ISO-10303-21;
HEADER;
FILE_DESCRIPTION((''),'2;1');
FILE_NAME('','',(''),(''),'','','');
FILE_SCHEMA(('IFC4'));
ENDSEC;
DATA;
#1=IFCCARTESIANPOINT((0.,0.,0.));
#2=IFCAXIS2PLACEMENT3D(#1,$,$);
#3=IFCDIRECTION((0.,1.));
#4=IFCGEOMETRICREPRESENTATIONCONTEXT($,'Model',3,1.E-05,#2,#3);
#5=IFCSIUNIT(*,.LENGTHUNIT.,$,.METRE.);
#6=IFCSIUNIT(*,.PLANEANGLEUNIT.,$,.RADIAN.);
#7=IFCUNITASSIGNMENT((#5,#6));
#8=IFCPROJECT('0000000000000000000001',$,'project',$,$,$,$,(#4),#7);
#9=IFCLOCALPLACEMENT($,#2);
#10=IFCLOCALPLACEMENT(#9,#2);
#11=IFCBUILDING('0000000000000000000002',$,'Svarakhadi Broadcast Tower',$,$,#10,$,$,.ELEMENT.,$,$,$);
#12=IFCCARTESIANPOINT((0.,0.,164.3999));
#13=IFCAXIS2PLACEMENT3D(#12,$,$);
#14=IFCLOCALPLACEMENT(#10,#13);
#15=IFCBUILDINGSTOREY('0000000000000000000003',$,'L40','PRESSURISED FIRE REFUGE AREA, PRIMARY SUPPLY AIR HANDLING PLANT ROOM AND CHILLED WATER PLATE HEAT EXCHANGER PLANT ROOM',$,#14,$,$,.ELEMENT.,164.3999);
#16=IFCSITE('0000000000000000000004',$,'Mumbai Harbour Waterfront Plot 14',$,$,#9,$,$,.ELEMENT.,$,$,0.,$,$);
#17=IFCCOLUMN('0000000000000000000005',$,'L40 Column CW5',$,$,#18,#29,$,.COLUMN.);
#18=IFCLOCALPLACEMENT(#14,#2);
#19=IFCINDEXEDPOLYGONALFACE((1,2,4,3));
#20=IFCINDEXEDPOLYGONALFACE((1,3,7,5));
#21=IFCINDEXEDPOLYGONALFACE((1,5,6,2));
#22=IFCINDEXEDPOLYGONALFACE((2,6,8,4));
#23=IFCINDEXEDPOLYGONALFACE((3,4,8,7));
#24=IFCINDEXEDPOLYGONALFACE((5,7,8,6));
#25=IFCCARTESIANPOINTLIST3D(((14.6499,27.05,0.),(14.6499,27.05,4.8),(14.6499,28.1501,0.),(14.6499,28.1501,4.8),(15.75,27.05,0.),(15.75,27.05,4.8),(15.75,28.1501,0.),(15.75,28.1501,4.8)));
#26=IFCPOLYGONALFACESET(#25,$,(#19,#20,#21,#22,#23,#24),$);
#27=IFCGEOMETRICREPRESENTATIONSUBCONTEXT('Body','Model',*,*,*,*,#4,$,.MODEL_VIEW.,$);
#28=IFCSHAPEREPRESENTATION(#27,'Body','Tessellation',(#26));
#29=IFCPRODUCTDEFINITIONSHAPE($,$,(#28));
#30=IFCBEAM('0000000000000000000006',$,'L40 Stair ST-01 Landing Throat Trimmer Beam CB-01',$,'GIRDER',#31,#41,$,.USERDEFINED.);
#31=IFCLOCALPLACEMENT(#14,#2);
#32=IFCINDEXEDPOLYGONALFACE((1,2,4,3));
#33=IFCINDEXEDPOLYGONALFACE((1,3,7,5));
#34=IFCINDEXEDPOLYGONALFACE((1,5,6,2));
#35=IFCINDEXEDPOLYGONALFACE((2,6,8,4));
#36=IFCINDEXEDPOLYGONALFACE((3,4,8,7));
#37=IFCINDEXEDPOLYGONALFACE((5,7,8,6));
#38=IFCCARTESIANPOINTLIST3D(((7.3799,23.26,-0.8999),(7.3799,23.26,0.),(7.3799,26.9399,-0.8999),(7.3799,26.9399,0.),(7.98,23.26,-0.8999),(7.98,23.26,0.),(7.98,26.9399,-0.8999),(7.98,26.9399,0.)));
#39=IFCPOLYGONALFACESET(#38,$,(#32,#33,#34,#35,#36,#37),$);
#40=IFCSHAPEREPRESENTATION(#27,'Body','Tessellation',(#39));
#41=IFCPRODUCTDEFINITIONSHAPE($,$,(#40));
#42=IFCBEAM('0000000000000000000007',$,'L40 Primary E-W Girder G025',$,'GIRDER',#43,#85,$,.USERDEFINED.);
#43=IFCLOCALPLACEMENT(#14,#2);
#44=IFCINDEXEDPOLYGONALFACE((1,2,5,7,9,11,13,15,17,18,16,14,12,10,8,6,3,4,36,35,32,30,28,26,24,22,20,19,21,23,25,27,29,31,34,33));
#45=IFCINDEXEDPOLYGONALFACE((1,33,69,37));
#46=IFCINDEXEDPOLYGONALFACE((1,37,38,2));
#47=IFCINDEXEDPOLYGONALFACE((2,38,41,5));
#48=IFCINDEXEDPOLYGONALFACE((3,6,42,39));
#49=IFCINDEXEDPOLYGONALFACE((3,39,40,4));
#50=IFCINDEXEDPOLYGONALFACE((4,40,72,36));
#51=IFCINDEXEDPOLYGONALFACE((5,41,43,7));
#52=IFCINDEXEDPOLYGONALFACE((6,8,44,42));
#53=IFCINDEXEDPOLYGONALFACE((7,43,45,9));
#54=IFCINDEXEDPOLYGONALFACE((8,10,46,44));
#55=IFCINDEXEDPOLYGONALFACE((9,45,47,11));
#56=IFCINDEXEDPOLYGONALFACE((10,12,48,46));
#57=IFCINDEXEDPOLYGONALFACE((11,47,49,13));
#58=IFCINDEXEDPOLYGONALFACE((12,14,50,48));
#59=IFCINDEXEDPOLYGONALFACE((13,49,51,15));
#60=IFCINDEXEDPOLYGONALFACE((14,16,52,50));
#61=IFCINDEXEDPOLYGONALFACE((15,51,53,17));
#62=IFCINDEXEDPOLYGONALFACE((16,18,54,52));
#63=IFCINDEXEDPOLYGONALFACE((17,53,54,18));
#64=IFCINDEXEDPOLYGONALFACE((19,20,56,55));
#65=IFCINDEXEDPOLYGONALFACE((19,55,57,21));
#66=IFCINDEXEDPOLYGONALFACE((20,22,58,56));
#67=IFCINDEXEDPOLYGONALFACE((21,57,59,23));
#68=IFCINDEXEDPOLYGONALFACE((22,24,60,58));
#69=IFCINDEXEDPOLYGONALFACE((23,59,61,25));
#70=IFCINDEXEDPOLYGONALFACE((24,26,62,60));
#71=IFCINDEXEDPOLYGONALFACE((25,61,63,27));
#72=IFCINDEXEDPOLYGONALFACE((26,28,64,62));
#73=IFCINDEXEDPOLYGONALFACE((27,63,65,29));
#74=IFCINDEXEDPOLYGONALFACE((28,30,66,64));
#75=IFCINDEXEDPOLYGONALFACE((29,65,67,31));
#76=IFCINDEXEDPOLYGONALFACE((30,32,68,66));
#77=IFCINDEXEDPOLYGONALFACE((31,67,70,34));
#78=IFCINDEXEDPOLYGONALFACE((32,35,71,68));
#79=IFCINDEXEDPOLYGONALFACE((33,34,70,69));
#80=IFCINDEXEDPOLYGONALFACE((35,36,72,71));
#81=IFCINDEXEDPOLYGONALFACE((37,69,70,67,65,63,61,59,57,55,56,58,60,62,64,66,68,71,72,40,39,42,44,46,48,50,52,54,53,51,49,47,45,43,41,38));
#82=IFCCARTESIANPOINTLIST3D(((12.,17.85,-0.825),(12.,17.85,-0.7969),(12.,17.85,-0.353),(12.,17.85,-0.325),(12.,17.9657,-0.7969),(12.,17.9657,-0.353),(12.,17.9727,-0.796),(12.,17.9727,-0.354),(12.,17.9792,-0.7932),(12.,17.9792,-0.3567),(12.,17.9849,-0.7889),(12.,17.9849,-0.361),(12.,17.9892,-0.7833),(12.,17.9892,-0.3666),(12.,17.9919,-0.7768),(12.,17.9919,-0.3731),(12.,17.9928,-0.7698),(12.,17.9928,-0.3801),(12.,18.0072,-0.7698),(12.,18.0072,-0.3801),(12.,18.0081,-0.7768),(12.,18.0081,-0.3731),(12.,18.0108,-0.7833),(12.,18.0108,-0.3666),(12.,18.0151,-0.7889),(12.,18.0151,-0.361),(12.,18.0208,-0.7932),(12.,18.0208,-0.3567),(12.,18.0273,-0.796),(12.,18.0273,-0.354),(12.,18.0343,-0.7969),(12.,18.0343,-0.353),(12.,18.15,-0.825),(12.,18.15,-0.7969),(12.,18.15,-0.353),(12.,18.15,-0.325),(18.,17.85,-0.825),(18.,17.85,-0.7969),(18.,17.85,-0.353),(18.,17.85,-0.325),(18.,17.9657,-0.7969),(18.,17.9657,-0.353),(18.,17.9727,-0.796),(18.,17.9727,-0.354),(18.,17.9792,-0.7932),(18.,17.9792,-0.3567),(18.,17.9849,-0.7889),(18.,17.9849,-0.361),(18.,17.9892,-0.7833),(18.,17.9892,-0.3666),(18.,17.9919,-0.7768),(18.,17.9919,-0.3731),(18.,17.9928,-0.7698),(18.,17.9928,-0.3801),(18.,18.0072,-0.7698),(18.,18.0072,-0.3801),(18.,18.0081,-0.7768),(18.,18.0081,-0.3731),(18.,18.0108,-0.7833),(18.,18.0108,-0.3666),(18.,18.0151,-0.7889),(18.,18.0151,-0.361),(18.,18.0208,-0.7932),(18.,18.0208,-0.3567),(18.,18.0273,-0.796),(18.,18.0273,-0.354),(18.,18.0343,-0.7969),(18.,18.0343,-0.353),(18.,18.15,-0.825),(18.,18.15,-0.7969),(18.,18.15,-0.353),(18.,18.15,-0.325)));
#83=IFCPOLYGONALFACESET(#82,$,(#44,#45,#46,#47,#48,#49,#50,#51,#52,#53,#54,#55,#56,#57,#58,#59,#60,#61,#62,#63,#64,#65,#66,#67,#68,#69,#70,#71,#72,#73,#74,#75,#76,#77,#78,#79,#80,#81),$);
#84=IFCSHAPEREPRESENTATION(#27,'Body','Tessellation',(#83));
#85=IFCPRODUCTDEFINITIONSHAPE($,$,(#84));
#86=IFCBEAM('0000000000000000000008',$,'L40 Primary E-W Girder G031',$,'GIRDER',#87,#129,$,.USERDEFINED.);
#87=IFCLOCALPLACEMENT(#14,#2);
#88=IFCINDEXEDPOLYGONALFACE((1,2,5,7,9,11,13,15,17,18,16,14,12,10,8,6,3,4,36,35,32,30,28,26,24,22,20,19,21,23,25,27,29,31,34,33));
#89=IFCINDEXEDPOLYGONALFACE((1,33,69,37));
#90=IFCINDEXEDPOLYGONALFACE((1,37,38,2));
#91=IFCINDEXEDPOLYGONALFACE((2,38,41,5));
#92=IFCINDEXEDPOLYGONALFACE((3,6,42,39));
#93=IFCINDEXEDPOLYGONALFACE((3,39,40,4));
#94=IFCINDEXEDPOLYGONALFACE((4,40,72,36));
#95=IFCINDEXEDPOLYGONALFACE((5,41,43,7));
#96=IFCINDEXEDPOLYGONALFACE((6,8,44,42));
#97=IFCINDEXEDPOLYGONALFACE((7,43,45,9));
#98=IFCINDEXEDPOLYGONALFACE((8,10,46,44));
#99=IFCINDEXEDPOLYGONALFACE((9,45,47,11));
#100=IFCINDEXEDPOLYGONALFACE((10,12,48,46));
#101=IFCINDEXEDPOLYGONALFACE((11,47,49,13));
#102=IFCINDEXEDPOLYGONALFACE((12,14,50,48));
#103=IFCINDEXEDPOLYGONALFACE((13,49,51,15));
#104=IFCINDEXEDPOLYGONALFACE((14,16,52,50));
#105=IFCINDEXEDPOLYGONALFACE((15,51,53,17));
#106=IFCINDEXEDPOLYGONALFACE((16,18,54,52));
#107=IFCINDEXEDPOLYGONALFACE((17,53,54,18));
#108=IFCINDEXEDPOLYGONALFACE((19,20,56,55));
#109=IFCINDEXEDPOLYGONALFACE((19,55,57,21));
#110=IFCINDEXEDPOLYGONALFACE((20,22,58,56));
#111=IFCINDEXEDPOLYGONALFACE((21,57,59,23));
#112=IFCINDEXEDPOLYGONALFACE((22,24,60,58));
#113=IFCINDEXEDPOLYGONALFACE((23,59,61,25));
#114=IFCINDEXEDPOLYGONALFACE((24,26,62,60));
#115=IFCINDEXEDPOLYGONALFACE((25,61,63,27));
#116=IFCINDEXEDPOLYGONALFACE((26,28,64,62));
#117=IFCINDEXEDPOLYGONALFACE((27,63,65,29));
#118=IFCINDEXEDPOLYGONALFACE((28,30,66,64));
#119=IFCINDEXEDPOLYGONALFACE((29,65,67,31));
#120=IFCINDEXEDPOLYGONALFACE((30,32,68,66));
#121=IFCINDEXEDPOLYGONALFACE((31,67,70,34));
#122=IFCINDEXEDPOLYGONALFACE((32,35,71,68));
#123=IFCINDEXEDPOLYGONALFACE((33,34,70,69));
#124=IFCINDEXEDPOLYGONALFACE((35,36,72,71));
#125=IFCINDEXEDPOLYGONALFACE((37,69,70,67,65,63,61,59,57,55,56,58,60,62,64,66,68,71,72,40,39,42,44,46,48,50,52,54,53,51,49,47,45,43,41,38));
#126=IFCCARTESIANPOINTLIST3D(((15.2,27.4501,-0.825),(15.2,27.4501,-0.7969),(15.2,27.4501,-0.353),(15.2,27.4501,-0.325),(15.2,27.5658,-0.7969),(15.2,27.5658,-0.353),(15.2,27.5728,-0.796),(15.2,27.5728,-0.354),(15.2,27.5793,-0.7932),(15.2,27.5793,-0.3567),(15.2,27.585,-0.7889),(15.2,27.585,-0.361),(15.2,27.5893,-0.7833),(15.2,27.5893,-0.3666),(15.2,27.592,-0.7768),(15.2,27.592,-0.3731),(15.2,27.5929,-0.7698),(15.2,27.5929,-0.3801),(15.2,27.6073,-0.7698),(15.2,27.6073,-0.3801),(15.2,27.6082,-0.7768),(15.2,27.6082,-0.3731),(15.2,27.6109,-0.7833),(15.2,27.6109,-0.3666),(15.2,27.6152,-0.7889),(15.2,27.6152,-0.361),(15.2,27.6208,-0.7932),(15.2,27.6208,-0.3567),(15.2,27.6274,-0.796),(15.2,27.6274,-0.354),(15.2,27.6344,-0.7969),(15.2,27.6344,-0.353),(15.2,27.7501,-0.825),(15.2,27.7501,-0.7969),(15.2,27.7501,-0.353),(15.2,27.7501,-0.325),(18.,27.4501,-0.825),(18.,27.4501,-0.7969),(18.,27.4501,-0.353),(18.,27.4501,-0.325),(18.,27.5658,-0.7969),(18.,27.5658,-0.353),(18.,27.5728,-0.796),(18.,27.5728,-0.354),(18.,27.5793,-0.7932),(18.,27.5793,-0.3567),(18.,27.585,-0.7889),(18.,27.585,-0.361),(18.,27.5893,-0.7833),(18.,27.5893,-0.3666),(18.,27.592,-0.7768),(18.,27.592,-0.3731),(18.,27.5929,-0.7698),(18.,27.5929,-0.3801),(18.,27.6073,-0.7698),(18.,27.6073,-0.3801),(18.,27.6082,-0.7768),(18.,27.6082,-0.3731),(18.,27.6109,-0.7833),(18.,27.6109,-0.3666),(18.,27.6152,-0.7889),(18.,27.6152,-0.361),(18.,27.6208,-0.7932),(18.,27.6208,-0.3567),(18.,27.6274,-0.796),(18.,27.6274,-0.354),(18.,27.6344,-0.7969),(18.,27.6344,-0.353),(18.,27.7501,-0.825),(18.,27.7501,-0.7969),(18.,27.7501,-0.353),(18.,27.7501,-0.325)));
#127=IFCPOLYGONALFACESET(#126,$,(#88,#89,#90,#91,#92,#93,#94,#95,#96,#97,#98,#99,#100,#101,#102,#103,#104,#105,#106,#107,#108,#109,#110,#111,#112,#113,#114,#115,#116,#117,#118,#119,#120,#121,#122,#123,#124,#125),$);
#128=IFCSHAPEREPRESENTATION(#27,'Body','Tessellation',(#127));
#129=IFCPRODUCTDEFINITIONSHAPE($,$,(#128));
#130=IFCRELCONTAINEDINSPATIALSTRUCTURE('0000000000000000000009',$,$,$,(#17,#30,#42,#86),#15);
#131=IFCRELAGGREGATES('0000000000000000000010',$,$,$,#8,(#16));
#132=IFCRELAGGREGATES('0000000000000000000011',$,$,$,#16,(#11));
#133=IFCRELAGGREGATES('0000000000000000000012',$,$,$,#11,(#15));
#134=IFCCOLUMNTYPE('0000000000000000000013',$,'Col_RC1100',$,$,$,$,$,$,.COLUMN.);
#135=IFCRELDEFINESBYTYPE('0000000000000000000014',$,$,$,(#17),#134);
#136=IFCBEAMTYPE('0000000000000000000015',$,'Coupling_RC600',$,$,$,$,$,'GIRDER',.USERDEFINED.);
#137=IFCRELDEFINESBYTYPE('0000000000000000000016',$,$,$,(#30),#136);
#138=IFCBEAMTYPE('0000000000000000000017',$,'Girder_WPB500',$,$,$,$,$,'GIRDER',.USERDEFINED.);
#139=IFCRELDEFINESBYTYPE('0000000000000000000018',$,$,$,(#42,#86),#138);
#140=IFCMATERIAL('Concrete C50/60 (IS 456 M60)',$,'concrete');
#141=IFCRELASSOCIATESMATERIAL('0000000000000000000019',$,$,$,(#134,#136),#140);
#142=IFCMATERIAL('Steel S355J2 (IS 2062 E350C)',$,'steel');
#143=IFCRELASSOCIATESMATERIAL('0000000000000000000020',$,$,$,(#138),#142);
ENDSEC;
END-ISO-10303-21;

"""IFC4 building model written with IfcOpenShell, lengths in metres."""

from ifc_helpers import new_model, si_unit, direction, frame, origin, origin_2d, place, context, subcontext, project, spatial, rectangle, i_section, extrude, material, material_profile, profile_set, type_object, element, save


model = new_model("IFC4")

# Units and contexts
model_context = context("Model", 3, precision=1e-05, world=origin(), true_north=direction((0.0, 1.0)))
body_context = subcontext(model_context, "Body", "Model", "MODEL_VIEW")
ifc_project = project(units=[si_unit("LENGTHUNIT", "METRE"), si_unit("PLANEANGLEUNIT", "RADIAN")], contexts=[model_context])

# Site, building, storey
site_placement = place(None, origin())
site = spatial("IfcSite", under=ifc_project, at=site_placement, Name="Mumbai Harbour Waterfront Plot 14", CompositionType="ELEMENT", RefElevation=0.0)
building_placement = place(site_placement, origin())
building = spatial("IfcBuilding", under=site, at=building_placement, Name="Svarakhadi Broadcast Tower", CompositionType="ELEMENT")
storey_placement = place(building_placement, frame((0.0, 0.0, 164.3999)))
storey = spatial("IfcBuildingStorey", under=building, at=storey_placement, Name="L40", Description="PRESSURISED FIRE REFUGE AREA, PRIMARY SUPPLY AIR HANDLING PLANT ROOM AND CHILLED WATER PLATE HEAT EXCHANGER PLANT ROOM", CompositionType="ELEMENT", Elevation=164.3999)

# Column
ifc_material_1 = material(Name="Concrete C50/60 (IS 456 M60)", Category="concrete")
ifc_material_profile_1 = material_profile(ifc_material_1, rectangle(XDim=1.1001, YDim=1.1001, at=origin_2d()), Name="RC 1100x1100")
ifc_profile_set_1 = profile_set([ifc_material_profile_1], Name="Concrete C50/60 (IS 456 M60)")
column_type = type_object("IfcColumnType", Name="Col_RC1100", PredefinedType="COLUMN", material=ifc_profile_set_1)
column_placement = place(storey_placement, frame((15.2, 27.6001, 0.0), z_axis=(0.0, 0.0, 1.0), x_axis=(1.0, 0.0, 0.0)))
element("IfcColumn", 1, at=column_placement, inside=storey, type_object=column_type, Name="L40 Column CW5", PredefinedType="COLUMN", context=body_context, shape_type="SweptSolid", body=[
    extrude(rectangle(XDim=1.1001, YDim=1.1001, at=origin_2d()), origin(), (0.0, 0.0, 1.0), 4.8),
])

# Beams
ifc_material_profile_2 = material_profile(ifc_material_1, rectangle(XDim=0.6001, YDim=0.8999, at=origin_2d()), Name="RC 600x900")
ifc_profile_set_2 = profile_set([ifc_material_profile_2], Name="Concrete C50/60 (IS 456 M60)")
beam_type_1 = type_object("IfcBeamType", Name="Coupling_RC600", ElementType="GIRDER", PredefinedType="USERDEFINED", material=ifc_profile_set_2)
beam_1_placement = place(storey_placement, frame((7.6799, 23.26, -0.45), z_axis=(0.0, 1.0, 0.0), x_axis=(-1.0, 0.0, 0.0)))
element("IfcBeam", 2, at=beam_1_placement, inside=storey, type_object=beam_type_1, Name="L40 Stair ST-01 Landing Throat Trimmer Beam CB-01", ObjectType="GIRDER", PredefinedType="USERDEFINED", context=body_context, shape_type="SweptSolid", body=[
    extrude(rectangle(XDim=0.6001, YDim=0.8999, at=origin_2d()), origin(), (0.0, 0.0, 1.0), 3.6799),
])
ifc_material_2 = material(Name="Steel S355J2 (IS 2062 E350C)", Category="steel")
ifc_material_profile_3 = material_profile(ifc_material_2, i_section(OverallWidth=0.3, OverallDepth=0.5, WebThickness=0.0144, FlangeThickness=0.0281, FilletRadius=0.0271, at=origin_2d()), Name="WPB 500x300x187")
ifc_profile_set_3 = profile_set([ifc_material_profile_3], Name="Steel S355J2 (IS 2062 E350C)")
beam_type_2 = type_object("IfcBeamType", Name="Girder_WPB500", ElementType="GIRDER", PredefinedType="USERDEFINED", material=ifc_profile_set_3)
beam_2_placement = place(storey_placement, frame((12.0, 18.0, -0.575), z_axis=(1.0, 0.0, 0.0), x_axis=(0.0, 1.0, 0.0)))
element("IfcBeam", 3, at=beam_2_placement, inside=storey, type_object=beam_type_2, Name="L40 Primary E-W Girder G025", ObjectType="GIRDER", PredefinedType="USERDEFINED", context=body_context, shape_type="SweptSolid", body=[
    extrude(i_section(OverallWidth=0.3, OverallDepth=0.5, WebThickness=0.0144, FlangeThickness=0.0281, FilletRadius=0.0271, at=origin_2d()), origin(), (0.0, 0.0, 1.0), 6.0),
])
beam_3_placement = place(storey_placement, frame((15.2, 27.6001, -0.575), z_axis=(1.0, 0.0, 0.0), x_axis=(0.0, 1.0, 0.0)))
element("IfcBeam", 4, at=beam_3_placement, inside=storey, type_object=beam_type_2, Name="L40 Primary E-W Girder G031", ObjectType="GIRDER", PredefinedType="USERDEFINED", context=body_context, shape_type="SweptSolid", body=[
    extrude(i_section(OverallWidth=0.3, OverallDepth=0.5, WebThickness=0.0144, FlangeThickness=0.0281, FilletRadius=0.0271, at=origin_2d()), origin(), (0.0, 0.0, 1.0), 2.8),
])

save(model, "model.ifc")
